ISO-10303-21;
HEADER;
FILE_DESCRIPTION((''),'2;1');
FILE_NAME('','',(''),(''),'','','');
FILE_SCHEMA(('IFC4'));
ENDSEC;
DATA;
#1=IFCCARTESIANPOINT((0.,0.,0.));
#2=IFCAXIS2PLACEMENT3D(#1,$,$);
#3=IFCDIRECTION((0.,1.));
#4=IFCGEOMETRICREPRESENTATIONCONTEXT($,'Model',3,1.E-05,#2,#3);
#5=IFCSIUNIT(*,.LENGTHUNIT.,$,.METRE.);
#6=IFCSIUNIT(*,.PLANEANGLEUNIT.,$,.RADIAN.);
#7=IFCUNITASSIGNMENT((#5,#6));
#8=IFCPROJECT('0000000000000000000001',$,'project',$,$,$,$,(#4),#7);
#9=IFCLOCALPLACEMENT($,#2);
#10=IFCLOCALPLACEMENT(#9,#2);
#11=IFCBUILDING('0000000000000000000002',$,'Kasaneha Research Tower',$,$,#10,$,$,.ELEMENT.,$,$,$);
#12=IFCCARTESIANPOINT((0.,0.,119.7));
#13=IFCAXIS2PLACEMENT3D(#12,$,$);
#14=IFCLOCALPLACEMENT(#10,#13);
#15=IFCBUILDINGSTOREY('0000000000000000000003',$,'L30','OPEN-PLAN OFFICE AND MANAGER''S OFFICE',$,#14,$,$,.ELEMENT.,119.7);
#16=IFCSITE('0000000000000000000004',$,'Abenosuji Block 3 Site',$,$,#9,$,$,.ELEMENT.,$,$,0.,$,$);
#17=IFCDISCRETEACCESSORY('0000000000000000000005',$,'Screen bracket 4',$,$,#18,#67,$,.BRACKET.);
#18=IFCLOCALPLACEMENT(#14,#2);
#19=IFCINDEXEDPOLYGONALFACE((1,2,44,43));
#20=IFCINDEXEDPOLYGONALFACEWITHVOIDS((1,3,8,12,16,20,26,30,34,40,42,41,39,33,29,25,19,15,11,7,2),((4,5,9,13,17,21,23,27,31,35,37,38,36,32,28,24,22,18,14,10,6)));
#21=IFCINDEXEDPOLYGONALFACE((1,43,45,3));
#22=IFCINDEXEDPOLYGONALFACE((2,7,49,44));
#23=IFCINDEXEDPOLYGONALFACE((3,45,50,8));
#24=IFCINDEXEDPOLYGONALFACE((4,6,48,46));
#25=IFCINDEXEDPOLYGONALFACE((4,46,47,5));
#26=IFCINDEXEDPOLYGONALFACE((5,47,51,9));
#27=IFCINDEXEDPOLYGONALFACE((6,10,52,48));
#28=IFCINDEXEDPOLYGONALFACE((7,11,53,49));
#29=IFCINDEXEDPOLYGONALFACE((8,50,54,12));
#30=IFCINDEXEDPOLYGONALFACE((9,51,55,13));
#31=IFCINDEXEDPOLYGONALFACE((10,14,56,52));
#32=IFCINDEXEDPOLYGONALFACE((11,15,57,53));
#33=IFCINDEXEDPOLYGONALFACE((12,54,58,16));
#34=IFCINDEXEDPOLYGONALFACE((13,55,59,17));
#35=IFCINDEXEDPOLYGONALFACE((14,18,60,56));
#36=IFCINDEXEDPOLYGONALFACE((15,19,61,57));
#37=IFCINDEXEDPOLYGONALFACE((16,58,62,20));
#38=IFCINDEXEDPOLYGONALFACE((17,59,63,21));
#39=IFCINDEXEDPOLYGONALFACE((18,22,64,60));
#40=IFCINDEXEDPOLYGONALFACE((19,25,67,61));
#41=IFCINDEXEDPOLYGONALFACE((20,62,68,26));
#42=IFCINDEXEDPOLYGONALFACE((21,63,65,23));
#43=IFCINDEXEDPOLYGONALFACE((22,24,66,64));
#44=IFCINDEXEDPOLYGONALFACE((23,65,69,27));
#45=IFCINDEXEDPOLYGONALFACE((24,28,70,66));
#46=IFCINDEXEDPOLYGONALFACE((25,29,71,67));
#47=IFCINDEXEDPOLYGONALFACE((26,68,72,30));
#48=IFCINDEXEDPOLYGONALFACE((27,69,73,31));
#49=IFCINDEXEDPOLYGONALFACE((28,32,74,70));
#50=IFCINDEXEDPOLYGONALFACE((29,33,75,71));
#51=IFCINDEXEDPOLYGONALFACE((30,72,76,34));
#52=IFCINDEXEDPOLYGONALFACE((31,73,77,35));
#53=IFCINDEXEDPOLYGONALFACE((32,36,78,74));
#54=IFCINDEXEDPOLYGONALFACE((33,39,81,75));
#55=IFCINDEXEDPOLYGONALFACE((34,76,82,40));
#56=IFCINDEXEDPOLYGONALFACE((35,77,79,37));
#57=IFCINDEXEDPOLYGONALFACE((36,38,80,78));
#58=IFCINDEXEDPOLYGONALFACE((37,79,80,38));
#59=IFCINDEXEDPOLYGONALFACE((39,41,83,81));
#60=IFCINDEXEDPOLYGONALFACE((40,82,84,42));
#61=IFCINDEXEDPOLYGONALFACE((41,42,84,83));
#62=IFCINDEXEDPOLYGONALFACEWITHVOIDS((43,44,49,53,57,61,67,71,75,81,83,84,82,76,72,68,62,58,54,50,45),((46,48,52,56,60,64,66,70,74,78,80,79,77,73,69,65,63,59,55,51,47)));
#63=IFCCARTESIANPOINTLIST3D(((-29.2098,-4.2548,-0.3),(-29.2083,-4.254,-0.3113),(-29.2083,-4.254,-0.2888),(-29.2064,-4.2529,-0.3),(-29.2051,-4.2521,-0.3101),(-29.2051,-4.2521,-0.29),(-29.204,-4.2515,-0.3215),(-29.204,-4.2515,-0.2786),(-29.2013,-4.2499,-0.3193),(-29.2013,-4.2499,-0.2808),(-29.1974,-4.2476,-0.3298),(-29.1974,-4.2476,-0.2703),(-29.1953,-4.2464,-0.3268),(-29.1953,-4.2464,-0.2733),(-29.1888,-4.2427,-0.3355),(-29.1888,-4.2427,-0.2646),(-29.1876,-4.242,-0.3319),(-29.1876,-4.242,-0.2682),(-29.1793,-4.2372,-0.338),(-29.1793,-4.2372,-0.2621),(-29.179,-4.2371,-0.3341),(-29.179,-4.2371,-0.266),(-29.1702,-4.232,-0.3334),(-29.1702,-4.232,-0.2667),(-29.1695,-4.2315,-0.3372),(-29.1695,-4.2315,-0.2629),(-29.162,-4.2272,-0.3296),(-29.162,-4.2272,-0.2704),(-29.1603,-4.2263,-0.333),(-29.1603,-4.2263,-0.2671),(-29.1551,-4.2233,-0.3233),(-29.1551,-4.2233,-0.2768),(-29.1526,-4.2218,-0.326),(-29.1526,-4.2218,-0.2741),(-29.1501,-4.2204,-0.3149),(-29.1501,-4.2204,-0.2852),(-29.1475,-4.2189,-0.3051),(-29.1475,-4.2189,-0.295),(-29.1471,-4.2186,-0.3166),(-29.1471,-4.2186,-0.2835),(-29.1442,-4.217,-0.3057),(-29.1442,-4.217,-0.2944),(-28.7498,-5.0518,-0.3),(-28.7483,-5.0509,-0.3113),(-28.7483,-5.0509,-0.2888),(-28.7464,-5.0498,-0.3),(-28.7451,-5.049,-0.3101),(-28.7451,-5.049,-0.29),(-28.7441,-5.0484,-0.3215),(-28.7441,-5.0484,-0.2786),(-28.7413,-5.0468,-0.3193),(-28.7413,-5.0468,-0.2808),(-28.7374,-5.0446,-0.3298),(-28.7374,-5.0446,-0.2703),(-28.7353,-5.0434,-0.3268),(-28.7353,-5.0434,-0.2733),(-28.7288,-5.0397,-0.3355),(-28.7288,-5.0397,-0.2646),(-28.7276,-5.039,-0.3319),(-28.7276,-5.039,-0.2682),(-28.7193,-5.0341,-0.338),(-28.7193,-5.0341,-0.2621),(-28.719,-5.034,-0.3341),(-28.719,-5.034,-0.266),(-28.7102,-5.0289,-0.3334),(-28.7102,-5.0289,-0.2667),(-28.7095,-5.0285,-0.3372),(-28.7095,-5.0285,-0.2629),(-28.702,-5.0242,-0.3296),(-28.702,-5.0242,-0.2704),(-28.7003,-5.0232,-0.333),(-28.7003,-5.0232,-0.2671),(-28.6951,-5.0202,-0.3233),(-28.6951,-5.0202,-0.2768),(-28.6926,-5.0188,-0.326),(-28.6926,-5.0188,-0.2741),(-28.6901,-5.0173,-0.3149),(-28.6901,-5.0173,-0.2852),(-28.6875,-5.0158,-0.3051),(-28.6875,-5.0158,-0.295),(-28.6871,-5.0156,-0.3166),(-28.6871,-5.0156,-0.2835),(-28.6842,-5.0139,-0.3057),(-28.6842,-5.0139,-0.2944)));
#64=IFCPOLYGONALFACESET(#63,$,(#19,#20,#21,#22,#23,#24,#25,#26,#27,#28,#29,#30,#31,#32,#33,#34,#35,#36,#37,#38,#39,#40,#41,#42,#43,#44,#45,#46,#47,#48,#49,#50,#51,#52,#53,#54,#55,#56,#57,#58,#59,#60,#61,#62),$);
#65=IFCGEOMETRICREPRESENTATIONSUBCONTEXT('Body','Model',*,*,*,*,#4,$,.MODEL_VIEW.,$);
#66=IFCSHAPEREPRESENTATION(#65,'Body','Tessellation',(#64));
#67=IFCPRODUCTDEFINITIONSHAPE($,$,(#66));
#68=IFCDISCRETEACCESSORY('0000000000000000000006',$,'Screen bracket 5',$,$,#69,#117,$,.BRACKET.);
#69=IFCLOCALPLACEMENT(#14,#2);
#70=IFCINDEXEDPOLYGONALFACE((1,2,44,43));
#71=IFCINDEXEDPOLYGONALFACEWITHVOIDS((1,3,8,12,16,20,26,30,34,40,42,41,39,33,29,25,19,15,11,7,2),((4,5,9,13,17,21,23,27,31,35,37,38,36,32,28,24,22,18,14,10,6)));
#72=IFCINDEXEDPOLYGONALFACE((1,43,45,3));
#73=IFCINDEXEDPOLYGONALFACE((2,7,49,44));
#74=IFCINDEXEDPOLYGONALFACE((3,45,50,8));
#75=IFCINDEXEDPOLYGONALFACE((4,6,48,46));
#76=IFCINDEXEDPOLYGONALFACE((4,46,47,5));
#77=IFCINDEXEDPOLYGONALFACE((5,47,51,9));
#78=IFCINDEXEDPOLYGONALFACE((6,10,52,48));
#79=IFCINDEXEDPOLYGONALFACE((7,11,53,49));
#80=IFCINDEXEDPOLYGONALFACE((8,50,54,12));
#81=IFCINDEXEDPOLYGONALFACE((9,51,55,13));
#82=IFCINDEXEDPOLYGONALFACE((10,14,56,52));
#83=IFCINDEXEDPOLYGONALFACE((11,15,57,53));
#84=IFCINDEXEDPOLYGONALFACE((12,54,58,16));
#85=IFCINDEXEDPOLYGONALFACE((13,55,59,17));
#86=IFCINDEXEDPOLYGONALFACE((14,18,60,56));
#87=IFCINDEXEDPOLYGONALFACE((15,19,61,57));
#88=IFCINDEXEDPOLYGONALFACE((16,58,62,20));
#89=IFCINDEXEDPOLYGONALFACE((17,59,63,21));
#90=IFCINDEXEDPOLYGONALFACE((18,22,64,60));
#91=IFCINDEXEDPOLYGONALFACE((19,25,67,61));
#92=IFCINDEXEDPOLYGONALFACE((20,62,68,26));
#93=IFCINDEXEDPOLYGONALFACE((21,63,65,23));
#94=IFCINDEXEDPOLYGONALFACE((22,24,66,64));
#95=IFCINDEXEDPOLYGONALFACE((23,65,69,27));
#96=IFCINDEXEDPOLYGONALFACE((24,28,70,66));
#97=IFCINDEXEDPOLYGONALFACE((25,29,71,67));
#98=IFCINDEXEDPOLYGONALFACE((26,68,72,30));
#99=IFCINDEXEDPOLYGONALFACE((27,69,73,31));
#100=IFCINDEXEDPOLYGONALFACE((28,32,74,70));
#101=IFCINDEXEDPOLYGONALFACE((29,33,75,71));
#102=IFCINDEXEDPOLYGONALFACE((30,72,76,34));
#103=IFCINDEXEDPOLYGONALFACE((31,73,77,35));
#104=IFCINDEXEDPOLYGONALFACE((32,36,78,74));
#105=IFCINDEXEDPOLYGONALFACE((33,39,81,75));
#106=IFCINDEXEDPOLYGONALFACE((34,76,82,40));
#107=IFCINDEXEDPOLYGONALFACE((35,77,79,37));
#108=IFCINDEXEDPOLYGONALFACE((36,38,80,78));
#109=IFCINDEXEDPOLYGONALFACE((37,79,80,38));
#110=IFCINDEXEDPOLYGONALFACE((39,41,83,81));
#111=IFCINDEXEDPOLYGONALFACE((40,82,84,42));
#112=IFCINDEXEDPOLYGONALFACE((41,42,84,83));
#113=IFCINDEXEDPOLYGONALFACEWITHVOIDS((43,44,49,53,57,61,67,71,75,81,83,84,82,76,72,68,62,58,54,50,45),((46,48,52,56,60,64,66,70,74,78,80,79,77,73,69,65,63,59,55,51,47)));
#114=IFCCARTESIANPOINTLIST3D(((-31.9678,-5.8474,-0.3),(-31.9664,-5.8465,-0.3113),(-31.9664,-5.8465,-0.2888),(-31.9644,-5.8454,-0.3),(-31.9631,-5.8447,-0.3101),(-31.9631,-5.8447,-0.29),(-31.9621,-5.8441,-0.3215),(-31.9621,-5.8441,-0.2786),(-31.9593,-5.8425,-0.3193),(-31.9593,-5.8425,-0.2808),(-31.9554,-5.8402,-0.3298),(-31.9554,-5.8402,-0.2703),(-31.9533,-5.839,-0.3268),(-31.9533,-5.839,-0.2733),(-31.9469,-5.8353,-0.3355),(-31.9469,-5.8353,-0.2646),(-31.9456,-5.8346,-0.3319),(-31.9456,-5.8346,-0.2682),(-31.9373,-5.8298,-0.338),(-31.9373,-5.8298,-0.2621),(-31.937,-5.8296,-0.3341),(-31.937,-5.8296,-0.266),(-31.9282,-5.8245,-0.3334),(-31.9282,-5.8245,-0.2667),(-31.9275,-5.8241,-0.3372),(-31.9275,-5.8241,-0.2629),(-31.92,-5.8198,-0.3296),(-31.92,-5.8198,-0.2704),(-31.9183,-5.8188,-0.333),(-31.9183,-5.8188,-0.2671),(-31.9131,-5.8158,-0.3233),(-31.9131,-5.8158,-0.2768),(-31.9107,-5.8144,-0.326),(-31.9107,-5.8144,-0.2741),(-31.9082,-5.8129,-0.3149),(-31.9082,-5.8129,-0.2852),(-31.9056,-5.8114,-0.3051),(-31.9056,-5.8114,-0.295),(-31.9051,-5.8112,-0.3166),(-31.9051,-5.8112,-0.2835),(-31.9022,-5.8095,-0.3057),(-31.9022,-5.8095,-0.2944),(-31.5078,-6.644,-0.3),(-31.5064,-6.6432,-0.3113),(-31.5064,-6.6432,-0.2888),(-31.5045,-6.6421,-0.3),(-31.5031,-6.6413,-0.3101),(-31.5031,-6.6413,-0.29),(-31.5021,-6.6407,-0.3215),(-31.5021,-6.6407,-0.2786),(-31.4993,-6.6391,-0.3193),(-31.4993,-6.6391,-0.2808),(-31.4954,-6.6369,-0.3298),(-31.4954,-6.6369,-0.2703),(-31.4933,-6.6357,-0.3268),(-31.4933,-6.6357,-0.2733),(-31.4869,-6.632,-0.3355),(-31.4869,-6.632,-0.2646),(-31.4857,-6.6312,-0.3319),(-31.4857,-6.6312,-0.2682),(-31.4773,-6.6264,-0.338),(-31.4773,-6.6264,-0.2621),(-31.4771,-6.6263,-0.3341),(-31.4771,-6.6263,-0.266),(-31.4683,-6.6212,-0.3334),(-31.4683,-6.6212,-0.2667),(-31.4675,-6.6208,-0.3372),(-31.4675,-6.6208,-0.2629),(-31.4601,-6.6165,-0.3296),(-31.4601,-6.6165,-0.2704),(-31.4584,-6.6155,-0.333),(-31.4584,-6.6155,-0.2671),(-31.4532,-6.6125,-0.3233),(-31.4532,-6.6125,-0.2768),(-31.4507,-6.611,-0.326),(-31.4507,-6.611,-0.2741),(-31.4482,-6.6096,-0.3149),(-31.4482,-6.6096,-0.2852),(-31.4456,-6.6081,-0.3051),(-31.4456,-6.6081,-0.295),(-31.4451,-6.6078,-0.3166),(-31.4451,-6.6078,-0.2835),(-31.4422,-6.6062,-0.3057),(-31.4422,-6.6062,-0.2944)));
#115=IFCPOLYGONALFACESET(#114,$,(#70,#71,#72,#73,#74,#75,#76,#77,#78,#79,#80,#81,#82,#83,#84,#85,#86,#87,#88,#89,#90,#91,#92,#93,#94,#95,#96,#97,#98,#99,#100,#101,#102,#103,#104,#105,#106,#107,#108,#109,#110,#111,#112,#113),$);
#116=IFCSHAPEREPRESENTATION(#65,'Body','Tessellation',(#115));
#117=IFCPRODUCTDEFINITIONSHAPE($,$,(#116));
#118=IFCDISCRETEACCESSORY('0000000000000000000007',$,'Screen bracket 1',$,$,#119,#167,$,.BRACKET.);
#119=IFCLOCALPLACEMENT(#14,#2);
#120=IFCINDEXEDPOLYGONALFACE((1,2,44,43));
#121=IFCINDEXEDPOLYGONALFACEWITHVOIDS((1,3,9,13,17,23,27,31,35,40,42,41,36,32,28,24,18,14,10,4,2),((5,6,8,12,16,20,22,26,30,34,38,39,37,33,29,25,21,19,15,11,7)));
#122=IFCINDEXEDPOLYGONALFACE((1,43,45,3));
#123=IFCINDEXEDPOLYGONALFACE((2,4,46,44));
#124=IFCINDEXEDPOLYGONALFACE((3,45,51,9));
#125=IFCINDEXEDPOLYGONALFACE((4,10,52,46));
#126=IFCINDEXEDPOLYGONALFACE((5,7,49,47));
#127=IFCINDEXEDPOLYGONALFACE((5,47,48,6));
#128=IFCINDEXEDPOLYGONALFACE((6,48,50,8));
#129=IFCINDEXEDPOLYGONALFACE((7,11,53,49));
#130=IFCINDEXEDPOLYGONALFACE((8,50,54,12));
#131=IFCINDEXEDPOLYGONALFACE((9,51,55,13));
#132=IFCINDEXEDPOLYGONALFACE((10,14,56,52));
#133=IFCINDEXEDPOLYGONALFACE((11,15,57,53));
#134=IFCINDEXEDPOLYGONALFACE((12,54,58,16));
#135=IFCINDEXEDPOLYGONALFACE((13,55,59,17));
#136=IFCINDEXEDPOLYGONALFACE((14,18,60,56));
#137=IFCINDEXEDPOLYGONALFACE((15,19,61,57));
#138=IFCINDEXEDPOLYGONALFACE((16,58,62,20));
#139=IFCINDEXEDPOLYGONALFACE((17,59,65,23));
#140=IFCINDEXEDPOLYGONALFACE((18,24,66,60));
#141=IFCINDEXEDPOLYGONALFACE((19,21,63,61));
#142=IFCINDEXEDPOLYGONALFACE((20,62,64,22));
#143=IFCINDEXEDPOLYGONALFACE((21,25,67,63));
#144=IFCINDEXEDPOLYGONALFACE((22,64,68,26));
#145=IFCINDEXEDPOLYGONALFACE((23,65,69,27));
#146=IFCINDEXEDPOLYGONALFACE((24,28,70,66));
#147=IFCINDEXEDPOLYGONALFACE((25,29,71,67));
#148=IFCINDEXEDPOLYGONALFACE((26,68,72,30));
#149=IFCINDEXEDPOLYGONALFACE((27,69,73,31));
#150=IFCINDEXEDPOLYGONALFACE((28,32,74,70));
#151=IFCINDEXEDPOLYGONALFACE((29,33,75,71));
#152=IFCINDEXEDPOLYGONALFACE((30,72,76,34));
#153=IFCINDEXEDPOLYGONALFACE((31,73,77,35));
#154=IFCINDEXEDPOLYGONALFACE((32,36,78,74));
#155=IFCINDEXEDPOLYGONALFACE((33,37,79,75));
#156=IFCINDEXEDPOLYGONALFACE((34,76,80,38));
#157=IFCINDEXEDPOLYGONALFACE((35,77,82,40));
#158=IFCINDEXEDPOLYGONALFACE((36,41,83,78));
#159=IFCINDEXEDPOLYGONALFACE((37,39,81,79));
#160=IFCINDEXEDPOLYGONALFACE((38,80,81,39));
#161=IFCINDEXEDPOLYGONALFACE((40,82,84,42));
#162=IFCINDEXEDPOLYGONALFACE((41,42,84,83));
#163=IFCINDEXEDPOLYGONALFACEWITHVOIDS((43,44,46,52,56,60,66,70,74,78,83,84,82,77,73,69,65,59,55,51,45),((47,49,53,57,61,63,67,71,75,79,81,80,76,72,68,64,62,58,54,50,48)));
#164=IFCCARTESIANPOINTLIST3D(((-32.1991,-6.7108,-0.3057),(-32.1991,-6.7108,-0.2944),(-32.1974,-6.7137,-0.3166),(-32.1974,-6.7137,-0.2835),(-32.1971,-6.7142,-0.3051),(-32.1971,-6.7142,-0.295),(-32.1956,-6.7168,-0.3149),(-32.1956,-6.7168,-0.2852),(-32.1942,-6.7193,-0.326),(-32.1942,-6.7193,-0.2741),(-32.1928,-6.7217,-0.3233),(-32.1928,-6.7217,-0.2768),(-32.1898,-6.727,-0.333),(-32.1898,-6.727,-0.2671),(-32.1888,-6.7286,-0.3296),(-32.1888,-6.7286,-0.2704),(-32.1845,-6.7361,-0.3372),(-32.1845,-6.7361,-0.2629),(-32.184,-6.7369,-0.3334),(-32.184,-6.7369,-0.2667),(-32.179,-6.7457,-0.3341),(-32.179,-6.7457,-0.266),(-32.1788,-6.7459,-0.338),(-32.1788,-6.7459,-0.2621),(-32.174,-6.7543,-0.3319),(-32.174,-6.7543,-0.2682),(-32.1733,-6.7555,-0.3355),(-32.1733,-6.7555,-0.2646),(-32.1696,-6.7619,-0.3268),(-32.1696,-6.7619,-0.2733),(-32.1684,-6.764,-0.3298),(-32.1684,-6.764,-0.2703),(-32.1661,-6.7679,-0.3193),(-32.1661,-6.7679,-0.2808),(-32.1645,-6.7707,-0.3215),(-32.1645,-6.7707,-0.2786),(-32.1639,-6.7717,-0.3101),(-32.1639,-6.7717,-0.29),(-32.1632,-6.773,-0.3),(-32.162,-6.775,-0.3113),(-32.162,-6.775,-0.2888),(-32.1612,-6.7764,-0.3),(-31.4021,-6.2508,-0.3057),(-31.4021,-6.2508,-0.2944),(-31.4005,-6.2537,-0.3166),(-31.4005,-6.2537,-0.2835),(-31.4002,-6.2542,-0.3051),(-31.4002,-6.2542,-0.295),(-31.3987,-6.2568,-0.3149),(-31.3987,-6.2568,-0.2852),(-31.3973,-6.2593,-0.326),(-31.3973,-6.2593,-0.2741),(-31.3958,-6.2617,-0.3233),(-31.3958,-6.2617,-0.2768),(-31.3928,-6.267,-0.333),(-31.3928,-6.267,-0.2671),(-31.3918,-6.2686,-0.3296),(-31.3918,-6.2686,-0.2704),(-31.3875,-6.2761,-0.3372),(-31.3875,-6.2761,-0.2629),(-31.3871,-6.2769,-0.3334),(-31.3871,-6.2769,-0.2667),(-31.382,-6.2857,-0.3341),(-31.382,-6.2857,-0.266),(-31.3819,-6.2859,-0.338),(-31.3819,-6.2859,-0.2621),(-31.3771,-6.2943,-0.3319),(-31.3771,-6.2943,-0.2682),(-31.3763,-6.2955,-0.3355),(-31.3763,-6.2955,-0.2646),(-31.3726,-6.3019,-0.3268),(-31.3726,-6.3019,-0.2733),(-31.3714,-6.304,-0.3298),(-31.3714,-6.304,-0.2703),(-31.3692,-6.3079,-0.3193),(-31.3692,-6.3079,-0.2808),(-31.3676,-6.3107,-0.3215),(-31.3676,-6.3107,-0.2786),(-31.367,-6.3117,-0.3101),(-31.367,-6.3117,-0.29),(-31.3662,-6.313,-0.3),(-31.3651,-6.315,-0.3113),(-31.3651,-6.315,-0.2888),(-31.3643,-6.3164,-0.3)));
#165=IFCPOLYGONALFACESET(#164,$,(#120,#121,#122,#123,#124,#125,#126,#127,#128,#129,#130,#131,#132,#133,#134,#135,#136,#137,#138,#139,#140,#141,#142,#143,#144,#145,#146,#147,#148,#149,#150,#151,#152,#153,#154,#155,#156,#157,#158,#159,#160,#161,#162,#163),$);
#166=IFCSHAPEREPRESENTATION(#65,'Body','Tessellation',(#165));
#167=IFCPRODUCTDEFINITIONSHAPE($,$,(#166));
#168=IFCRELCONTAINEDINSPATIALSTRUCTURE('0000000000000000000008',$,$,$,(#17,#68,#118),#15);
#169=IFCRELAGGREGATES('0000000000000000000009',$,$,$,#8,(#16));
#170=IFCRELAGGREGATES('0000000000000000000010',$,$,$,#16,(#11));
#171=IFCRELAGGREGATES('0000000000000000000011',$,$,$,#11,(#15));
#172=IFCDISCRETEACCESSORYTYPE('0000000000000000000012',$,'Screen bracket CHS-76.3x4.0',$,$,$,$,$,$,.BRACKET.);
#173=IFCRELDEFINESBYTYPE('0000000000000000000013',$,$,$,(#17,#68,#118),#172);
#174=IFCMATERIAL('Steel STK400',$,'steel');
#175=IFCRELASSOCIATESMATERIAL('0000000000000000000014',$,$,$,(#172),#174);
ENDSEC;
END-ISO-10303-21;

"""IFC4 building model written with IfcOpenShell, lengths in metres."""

from ifc_helpers import new_model, si_unit, direction, frame, origin, origin_2d, place, context, subcontext, project, spatial, hollow_circle, extrude, material, material_profile, profile_set, type_object, element, save


model = new_model("IFC4")

# Units and contexts
model_context = context("Model", 3, precision=1e-05, world=origin(), true_north=direction((0.0, 1.0)))
body_context = subcontext(model_context, "Body", "Model", "MODEL_VIEW")
ifc_project = project(units=[si_unit("LENGTHUNIT", "METRE"), si_unit("PLANEANGLEUNIT", "RADIAN")], contexts=[model_context])

# Site, building, storey
site_placement = place(None, origin())
site = spatial("IfcSite", under=ifc_project, at=site_placement, Name="Abenosuji Block 3 Site", CompositionType="ELEMENT", RefElevation=0.0)
building_placement = place(site_placement, origin())
building = spatial("IfcBuilding", under=site, at=building_placement, Name="Kasaneha Research Tower", CompositionType="ELEMENT")
storey_placement = place(building_placement, frame((0.0, 0.0, 119.7)))
storey = spatial("IfcBuildingStorey", under=building, at=storey_placement, Name="L30", Description="OPEN-PLAN OFFICE AND MANAGER'S OFFICE", CompositionType="ELEMENT", Elevation=119.7)

# Discrete accessories
ifc_material_1 = material(Name="Steel STK400", Category="steel")
ifc_material_profile_1 = material_profile(ifc_material_1, hollow_circle(Radius=0.0381, WallThickness=0.0039, at=origin_2d()), Name="CHS-76.3x4.0")
ifc_profile_set_1 = profile_set([ifc_material_profile_1], Name="Steel STK400")
discrete_accessory_type = type_object("IfcDiscreteAccessoryType", Name="Screen bracket CHS-76.3x4.0", PredefinedType="BRACKET", material=ifc_profile_set_1)
discrete_accessory_1_placement = place(storey_placement, frame((-28.7168, -5.0327, -0.3), z_axis=(-0.499906, 0.86608, 0.0), x_axis=(-0.86608, -0.499906, 0.0)))
element("IfcDiscreteAccessory", 1, at=discrete_accessory_1_placement, inside=storey, type_object=discrete_accessory_type, Name="Screen bracket 4", PredefinedType="BRACKET", context=body_context, shape_type="SweptSolid", body=[
    extrude(hollow_circle(Radius=0.0381, WallThickness=0.0039, at=origin_2d()), origin(), (0.0, 0.0, 1.0), 0.9202),
])
discrete_accessory_2_placement = place(storey_placement, frame((-31.4749, -6.625, -0.3), z_axis=(-0.500021, 0.866013, 0.0), x_axis=(-0.866013, -0.500021, 0.0)))
element("IfcDiscreteAccessory", 2, at=discrete_accessory_2_placement, inside=storey, type_object=discrete_accessory_type, Name="Screen bracket 5", PredefinedType="BRACKET", context=body_context, shape_type="SweptSolid", body=[
    extrude(hollow_circle(Radius=0.0381, WallThickness=0.0039, at=origin_2d()), origin(), (0.0, 0.0, 1.0), 0.9199),
])
discrete_accessory_3_placement = place(storey_placement, frame((-31.3833, -6.2834, -0.3), z_axis=(-0.86608, -0.499906, 0.0), x_axis=(0.499906, -0.86608, 0.0)))
element("IfcDiscreteAccessory", 3, at=discrete_accessory_3_placement, inside=storey, type_object=discrete_accessory_type, Name="Screen bracket 1", PredefinedType="BRACKET", context=body_context, shape_type="SweptSolid", body=[
    extrude(hollow_circle(Radius=0.0381, WallThickness=0.0039, at=origin_2d()), origin(), (0.0, 0.0, 1.0), 0.9202),
])

save(model, "model.ifc")
